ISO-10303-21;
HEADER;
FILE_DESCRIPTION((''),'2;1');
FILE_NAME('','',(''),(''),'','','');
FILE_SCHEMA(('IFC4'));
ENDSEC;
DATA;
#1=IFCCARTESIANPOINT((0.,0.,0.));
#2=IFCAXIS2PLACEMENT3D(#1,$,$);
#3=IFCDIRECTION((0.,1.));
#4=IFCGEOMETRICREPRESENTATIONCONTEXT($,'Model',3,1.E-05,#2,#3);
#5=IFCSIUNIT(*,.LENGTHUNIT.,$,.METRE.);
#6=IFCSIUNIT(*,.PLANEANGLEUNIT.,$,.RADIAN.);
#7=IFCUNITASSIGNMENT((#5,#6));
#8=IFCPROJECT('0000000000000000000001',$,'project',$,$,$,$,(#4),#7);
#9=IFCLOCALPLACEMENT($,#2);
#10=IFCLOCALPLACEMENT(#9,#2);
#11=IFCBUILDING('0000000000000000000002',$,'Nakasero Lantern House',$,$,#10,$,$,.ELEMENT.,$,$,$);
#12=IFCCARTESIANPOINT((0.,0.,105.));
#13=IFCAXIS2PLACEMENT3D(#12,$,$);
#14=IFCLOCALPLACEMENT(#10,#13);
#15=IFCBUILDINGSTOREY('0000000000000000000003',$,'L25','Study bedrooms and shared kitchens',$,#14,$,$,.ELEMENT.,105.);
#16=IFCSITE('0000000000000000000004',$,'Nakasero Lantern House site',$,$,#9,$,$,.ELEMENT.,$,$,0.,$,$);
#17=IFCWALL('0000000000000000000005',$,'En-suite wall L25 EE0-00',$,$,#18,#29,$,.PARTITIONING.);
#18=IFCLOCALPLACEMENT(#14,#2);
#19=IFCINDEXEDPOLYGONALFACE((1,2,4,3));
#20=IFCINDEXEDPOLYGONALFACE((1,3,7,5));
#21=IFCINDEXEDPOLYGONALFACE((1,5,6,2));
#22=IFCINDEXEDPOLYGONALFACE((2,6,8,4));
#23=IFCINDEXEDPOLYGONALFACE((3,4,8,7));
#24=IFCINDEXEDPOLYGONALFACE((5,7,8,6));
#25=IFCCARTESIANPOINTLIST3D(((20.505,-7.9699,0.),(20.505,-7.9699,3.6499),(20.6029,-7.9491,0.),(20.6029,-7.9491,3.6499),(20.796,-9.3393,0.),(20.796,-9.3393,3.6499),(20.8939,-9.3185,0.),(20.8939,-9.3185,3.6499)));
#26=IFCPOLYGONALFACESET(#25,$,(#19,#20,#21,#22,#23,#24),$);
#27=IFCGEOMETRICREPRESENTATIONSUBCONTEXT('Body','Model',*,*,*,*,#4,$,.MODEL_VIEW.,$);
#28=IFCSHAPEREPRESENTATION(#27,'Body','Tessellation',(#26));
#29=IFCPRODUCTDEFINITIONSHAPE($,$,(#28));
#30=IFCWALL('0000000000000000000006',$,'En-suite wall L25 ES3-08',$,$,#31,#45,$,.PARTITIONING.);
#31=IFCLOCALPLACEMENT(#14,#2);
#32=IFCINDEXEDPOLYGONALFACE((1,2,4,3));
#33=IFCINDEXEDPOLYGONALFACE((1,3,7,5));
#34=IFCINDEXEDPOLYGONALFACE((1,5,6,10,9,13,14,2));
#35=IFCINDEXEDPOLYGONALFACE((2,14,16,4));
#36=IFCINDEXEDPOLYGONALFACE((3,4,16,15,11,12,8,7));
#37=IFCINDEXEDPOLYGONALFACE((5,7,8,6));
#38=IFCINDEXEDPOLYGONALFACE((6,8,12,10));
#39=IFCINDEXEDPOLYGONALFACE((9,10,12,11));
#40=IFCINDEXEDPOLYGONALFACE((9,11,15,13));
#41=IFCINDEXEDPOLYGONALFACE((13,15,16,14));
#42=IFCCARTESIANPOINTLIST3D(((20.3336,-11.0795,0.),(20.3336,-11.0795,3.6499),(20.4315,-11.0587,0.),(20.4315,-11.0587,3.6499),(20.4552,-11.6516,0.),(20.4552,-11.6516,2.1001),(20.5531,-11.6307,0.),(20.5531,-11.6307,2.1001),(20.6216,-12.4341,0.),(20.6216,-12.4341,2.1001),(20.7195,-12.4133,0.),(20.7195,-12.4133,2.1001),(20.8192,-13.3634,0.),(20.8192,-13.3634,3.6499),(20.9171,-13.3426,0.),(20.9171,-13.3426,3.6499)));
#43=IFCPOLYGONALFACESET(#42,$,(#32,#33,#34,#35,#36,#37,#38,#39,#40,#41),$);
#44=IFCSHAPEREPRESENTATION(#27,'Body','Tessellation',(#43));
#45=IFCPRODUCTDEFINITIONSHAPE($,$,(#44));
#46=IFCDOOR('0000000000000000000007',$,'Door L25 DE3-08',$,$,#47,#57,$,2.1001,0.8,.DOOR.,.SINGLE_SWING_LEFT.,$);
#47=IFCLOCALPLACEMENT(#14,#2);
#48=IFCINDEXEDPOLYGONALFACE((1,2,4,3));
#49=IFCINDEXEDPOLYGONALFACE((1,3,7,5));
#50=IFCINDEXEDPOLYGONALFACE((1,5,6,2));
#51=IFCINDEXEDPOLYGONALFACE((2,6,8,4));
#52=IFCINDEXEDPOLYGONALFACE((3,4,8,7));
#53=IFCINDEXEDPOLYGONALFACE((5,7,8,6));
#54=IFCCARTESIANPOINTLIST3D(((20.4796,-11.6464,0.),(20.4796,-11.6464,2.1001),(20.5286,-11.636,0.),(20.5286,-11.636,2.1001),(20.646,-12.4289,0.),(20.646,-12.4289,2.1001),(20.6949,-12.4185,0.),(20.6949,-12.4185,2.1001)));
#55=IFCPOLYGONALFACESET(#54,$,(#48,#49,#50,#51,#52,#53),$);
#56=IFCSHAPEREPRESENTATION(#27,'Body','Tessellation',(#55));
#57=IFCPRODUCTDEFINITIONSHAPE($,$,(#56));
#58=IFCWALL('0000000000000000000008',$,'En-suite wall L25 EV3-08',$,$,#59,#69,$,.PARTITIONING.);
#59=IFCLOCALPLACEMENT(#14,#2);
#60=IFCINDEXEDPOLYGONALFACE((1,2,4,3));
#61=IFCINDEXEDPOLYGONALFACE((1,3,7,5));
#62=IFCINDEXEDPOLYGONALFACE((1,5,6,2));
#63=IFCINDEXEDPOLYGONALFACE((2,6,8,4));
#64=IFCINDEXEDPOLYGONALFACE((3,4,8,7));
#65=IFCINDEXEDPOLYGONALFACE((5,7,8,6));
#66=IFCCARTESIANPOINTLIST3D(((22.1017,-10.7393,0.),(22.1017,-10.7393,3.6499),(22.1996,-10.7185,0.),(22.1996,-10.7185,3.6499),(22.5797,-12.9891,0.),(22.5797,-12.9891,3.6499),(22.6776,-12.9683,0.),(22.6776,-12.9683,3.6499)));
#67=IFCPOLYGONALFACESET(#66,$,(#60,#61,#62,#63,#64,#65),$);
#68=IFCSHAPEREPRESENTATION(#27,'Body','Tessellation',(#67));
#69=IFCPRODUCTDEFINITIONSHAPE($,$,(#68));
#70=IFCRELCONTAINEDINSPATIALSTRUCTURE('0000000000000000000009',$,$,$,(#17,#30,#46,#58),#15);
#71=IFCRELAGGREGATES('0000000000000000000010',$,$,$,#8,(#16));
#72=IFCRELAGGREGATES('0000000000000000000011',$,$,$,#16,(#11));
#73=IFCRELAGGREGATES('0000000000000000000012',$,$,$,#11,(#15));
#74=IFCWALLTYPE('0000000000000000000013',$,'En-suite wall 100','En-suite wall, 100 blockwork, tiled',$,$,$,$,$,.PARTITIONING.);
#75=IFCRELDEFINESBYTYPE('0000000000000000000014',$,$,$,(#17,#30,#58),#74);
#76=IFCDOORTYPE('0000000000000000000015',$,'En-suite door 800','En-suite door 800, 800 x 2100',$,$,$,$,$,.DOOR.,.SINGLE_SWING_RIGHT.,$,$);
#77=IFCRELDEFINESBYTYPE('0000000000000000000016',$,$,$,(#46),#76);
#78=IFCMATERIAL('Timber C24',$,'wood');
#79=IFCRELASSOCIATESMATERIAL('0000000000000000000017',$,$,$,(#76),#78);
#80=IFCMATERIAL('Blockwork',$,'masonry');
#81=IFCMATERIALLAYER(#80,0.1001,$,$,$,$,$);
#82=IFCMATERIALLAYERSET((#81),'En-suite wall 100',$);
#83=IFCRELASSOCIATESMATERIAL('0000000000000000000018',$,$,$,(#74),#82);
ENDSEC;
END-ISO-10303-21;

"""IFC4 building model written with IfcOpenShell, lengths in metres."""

from ifc_helpers import new_model, si_unit, direction, frame, frame_2d, origin, place, context, subcontext, project, spatial, rectangle, extrude, material, layer, layer_set, type_object, element, fill, save


model = new_model("IFC4")

# Units and contexts
model_context = context("Model", 3, precision=1e-05, world=origin(), true_north=direction((0.0, 1.0)))
body_context = subcontext(model_context, "Body", "Model", "MODEL_VIEW")
ifc_project = project(units=[si_unit("LENGTHUNIT", "METRE"), si_unit("PLANEANGLEUNIT", "RADIAN")], contexts=[model_context])

# Site, building, storey
site_placement = place(None, origin())
site = spatial("IfcSite", under=ifc_project, at=site_placement, Name="Nakasero Lantern House site", CompositionType="ELEMENT", RefElevation=0.0)
building_placement = place(site_placement, origin())
building = spatial("IfcBuilding", under=site, at=building_placement, Name="Nakasero Lantern House", CompositionType="ELEMENT")
storey_placement = place(building_placement, frame((0.0, 0.0, 105.0)))
storey = spatial("IfcBuildingStorey", under=building, at=storey_placement, Name="L25", Description="Study bedrooms and shared kitchens", CompositionType="ELEMENT", Elevation=105.0)

# Shared definitions
ifc_material_1 = material(Name="Timber C24", Category="wood")
door_type_1 = type_object("IfcDoorType", Name="En-suite door 800", Description="En-suite door 800, 800 x 2100", OperationType="SINGLE_SWING_RIGHT", PredefinedType="DOOR", material=ifc_material_1)

# Wall
ifc_material_2 = material(Name="Blockwork", Category="masonry")
ifc_layer_1 = layer(ifc_material_2, 0.1001)
ifc_layer_set_1 = layer_set([ifc_layer_1], Name="En-suite wall 100")
wall_type_1 = type_object("IfcWallType", Name="En-suite wall 100", Description="En-suite wall, 100 blockwork, tiled", PredefinedType="PARTITIONING", material=ifc_layer_set_1)
wall_1_placement = place(storey_placement, frame((20.845, -9.3289, 0.0), z_axis=(0.0, 0.0, 1.0), x_axis=(-0.207873, 0.978156, 0.0)))
element("IfcWall", 1, at=wall_1_placement, inside=storey, type_object=wall_type_1, Name="En-suite wall L25 EE0-00", PredefinedType="PARTITIONING", context=body_context, shape_type="SweptSolid", body=[
    extrude(rectangle(XDim=1.3999, YDim=0.1001, at=frame_2d((0.7, 0.0))), origin(), (0.0, 0.0, 1.0), 3.6499),
])

# Wall, opening, door
wall_2_placement = place(storey_placement, frame((20.3826, -11.0691, 0.0), z_axis=(0.0, 0.0, 1.0), x_axis=(0.207965, -0.978136, 0.0)))
wall_2 = element("IfcWall", 2, at=wall_2_placement, inside=storey, type_object=wall_type_1, Name="En-suite wall L25 ES3-08", PredefinedType="PARTITIONING", context=body_context, shape_type="SweptSolid", body=[
    extrude(rectangle(XDim=2.335, YDim=0.1001, at=frame_2d((1.1675, 0.0))), origin(), (0.0, 0.0, 1.0), 3.6499),
])
opening_1_placement = place(wall_2_placement, frame((0.585, 0.0, 0.0)))
opening_1 = element("IfcOpeningElement", 3, at=opening_1_placement, cuts=wall_2, PredefinedType="OPENING", context=body_context, shape_type="SweptSolid", body=[
    extrude(rectangle(XDim=0.8, YDim=2.1001, at=frame_2d((0.3999, 1.05))), frame((0.0, 0.0701, 0.0), z_axis=(0.0, -1.0, 0.0), x_axis=(1.0, 0.0, 0.0)), (0.0, 0.0, 1.0), 0.1401),
])
door_1_placement = place(opening_1_placement, origin())
door_1 = element("IfcDoor", 4, at=door_1_placement, inside=storey, type_object=door_type_1, Name="Door L25 DE3-08", OperationType="SINGLE_SWING_LEFT", OverallHeight=2.1001, OverallWidth=0.8, PredefinedType="DOOR", context=body_context, shape_type="SweptSolid", body=[
    extrude(rectangle(XDim=0.8, YDim=2.1001, at=frame_2d((0.3999, 1.05))), frame((0.0, 0.0249, 0.0), z_axis=(0.0, -1.0, 0.0), x_axis=(1.0, 0.0, 0.0)), (0.0, 0.0, 1.0), 0.05),
])
fill(opening_1, door_1)

# Wall
wall_3_placement = place(storey_placement, frame((22.1506, -10.729, 0.0), z_axis=(0.0, 0.0, 1.0), x_axis=(0.20784, -0.978163, 0.0)))
element("IfcWall", 5, at=wall_3_placement, inside=storey, type_object=wall_type_1, Name="En-suite wall L25 EV3-08", PredefinedType="PARTITIONING", context=body_context, shape_type="SweptSolid", body=[
    extrude(rectangle(XDim=2.3, YDim=0.1001, at=frame_2d((1.1499, 0.0))), origin(), (0.0, 0.0, 1.0), 3.6499),
])

save(model, "model.ifc")
